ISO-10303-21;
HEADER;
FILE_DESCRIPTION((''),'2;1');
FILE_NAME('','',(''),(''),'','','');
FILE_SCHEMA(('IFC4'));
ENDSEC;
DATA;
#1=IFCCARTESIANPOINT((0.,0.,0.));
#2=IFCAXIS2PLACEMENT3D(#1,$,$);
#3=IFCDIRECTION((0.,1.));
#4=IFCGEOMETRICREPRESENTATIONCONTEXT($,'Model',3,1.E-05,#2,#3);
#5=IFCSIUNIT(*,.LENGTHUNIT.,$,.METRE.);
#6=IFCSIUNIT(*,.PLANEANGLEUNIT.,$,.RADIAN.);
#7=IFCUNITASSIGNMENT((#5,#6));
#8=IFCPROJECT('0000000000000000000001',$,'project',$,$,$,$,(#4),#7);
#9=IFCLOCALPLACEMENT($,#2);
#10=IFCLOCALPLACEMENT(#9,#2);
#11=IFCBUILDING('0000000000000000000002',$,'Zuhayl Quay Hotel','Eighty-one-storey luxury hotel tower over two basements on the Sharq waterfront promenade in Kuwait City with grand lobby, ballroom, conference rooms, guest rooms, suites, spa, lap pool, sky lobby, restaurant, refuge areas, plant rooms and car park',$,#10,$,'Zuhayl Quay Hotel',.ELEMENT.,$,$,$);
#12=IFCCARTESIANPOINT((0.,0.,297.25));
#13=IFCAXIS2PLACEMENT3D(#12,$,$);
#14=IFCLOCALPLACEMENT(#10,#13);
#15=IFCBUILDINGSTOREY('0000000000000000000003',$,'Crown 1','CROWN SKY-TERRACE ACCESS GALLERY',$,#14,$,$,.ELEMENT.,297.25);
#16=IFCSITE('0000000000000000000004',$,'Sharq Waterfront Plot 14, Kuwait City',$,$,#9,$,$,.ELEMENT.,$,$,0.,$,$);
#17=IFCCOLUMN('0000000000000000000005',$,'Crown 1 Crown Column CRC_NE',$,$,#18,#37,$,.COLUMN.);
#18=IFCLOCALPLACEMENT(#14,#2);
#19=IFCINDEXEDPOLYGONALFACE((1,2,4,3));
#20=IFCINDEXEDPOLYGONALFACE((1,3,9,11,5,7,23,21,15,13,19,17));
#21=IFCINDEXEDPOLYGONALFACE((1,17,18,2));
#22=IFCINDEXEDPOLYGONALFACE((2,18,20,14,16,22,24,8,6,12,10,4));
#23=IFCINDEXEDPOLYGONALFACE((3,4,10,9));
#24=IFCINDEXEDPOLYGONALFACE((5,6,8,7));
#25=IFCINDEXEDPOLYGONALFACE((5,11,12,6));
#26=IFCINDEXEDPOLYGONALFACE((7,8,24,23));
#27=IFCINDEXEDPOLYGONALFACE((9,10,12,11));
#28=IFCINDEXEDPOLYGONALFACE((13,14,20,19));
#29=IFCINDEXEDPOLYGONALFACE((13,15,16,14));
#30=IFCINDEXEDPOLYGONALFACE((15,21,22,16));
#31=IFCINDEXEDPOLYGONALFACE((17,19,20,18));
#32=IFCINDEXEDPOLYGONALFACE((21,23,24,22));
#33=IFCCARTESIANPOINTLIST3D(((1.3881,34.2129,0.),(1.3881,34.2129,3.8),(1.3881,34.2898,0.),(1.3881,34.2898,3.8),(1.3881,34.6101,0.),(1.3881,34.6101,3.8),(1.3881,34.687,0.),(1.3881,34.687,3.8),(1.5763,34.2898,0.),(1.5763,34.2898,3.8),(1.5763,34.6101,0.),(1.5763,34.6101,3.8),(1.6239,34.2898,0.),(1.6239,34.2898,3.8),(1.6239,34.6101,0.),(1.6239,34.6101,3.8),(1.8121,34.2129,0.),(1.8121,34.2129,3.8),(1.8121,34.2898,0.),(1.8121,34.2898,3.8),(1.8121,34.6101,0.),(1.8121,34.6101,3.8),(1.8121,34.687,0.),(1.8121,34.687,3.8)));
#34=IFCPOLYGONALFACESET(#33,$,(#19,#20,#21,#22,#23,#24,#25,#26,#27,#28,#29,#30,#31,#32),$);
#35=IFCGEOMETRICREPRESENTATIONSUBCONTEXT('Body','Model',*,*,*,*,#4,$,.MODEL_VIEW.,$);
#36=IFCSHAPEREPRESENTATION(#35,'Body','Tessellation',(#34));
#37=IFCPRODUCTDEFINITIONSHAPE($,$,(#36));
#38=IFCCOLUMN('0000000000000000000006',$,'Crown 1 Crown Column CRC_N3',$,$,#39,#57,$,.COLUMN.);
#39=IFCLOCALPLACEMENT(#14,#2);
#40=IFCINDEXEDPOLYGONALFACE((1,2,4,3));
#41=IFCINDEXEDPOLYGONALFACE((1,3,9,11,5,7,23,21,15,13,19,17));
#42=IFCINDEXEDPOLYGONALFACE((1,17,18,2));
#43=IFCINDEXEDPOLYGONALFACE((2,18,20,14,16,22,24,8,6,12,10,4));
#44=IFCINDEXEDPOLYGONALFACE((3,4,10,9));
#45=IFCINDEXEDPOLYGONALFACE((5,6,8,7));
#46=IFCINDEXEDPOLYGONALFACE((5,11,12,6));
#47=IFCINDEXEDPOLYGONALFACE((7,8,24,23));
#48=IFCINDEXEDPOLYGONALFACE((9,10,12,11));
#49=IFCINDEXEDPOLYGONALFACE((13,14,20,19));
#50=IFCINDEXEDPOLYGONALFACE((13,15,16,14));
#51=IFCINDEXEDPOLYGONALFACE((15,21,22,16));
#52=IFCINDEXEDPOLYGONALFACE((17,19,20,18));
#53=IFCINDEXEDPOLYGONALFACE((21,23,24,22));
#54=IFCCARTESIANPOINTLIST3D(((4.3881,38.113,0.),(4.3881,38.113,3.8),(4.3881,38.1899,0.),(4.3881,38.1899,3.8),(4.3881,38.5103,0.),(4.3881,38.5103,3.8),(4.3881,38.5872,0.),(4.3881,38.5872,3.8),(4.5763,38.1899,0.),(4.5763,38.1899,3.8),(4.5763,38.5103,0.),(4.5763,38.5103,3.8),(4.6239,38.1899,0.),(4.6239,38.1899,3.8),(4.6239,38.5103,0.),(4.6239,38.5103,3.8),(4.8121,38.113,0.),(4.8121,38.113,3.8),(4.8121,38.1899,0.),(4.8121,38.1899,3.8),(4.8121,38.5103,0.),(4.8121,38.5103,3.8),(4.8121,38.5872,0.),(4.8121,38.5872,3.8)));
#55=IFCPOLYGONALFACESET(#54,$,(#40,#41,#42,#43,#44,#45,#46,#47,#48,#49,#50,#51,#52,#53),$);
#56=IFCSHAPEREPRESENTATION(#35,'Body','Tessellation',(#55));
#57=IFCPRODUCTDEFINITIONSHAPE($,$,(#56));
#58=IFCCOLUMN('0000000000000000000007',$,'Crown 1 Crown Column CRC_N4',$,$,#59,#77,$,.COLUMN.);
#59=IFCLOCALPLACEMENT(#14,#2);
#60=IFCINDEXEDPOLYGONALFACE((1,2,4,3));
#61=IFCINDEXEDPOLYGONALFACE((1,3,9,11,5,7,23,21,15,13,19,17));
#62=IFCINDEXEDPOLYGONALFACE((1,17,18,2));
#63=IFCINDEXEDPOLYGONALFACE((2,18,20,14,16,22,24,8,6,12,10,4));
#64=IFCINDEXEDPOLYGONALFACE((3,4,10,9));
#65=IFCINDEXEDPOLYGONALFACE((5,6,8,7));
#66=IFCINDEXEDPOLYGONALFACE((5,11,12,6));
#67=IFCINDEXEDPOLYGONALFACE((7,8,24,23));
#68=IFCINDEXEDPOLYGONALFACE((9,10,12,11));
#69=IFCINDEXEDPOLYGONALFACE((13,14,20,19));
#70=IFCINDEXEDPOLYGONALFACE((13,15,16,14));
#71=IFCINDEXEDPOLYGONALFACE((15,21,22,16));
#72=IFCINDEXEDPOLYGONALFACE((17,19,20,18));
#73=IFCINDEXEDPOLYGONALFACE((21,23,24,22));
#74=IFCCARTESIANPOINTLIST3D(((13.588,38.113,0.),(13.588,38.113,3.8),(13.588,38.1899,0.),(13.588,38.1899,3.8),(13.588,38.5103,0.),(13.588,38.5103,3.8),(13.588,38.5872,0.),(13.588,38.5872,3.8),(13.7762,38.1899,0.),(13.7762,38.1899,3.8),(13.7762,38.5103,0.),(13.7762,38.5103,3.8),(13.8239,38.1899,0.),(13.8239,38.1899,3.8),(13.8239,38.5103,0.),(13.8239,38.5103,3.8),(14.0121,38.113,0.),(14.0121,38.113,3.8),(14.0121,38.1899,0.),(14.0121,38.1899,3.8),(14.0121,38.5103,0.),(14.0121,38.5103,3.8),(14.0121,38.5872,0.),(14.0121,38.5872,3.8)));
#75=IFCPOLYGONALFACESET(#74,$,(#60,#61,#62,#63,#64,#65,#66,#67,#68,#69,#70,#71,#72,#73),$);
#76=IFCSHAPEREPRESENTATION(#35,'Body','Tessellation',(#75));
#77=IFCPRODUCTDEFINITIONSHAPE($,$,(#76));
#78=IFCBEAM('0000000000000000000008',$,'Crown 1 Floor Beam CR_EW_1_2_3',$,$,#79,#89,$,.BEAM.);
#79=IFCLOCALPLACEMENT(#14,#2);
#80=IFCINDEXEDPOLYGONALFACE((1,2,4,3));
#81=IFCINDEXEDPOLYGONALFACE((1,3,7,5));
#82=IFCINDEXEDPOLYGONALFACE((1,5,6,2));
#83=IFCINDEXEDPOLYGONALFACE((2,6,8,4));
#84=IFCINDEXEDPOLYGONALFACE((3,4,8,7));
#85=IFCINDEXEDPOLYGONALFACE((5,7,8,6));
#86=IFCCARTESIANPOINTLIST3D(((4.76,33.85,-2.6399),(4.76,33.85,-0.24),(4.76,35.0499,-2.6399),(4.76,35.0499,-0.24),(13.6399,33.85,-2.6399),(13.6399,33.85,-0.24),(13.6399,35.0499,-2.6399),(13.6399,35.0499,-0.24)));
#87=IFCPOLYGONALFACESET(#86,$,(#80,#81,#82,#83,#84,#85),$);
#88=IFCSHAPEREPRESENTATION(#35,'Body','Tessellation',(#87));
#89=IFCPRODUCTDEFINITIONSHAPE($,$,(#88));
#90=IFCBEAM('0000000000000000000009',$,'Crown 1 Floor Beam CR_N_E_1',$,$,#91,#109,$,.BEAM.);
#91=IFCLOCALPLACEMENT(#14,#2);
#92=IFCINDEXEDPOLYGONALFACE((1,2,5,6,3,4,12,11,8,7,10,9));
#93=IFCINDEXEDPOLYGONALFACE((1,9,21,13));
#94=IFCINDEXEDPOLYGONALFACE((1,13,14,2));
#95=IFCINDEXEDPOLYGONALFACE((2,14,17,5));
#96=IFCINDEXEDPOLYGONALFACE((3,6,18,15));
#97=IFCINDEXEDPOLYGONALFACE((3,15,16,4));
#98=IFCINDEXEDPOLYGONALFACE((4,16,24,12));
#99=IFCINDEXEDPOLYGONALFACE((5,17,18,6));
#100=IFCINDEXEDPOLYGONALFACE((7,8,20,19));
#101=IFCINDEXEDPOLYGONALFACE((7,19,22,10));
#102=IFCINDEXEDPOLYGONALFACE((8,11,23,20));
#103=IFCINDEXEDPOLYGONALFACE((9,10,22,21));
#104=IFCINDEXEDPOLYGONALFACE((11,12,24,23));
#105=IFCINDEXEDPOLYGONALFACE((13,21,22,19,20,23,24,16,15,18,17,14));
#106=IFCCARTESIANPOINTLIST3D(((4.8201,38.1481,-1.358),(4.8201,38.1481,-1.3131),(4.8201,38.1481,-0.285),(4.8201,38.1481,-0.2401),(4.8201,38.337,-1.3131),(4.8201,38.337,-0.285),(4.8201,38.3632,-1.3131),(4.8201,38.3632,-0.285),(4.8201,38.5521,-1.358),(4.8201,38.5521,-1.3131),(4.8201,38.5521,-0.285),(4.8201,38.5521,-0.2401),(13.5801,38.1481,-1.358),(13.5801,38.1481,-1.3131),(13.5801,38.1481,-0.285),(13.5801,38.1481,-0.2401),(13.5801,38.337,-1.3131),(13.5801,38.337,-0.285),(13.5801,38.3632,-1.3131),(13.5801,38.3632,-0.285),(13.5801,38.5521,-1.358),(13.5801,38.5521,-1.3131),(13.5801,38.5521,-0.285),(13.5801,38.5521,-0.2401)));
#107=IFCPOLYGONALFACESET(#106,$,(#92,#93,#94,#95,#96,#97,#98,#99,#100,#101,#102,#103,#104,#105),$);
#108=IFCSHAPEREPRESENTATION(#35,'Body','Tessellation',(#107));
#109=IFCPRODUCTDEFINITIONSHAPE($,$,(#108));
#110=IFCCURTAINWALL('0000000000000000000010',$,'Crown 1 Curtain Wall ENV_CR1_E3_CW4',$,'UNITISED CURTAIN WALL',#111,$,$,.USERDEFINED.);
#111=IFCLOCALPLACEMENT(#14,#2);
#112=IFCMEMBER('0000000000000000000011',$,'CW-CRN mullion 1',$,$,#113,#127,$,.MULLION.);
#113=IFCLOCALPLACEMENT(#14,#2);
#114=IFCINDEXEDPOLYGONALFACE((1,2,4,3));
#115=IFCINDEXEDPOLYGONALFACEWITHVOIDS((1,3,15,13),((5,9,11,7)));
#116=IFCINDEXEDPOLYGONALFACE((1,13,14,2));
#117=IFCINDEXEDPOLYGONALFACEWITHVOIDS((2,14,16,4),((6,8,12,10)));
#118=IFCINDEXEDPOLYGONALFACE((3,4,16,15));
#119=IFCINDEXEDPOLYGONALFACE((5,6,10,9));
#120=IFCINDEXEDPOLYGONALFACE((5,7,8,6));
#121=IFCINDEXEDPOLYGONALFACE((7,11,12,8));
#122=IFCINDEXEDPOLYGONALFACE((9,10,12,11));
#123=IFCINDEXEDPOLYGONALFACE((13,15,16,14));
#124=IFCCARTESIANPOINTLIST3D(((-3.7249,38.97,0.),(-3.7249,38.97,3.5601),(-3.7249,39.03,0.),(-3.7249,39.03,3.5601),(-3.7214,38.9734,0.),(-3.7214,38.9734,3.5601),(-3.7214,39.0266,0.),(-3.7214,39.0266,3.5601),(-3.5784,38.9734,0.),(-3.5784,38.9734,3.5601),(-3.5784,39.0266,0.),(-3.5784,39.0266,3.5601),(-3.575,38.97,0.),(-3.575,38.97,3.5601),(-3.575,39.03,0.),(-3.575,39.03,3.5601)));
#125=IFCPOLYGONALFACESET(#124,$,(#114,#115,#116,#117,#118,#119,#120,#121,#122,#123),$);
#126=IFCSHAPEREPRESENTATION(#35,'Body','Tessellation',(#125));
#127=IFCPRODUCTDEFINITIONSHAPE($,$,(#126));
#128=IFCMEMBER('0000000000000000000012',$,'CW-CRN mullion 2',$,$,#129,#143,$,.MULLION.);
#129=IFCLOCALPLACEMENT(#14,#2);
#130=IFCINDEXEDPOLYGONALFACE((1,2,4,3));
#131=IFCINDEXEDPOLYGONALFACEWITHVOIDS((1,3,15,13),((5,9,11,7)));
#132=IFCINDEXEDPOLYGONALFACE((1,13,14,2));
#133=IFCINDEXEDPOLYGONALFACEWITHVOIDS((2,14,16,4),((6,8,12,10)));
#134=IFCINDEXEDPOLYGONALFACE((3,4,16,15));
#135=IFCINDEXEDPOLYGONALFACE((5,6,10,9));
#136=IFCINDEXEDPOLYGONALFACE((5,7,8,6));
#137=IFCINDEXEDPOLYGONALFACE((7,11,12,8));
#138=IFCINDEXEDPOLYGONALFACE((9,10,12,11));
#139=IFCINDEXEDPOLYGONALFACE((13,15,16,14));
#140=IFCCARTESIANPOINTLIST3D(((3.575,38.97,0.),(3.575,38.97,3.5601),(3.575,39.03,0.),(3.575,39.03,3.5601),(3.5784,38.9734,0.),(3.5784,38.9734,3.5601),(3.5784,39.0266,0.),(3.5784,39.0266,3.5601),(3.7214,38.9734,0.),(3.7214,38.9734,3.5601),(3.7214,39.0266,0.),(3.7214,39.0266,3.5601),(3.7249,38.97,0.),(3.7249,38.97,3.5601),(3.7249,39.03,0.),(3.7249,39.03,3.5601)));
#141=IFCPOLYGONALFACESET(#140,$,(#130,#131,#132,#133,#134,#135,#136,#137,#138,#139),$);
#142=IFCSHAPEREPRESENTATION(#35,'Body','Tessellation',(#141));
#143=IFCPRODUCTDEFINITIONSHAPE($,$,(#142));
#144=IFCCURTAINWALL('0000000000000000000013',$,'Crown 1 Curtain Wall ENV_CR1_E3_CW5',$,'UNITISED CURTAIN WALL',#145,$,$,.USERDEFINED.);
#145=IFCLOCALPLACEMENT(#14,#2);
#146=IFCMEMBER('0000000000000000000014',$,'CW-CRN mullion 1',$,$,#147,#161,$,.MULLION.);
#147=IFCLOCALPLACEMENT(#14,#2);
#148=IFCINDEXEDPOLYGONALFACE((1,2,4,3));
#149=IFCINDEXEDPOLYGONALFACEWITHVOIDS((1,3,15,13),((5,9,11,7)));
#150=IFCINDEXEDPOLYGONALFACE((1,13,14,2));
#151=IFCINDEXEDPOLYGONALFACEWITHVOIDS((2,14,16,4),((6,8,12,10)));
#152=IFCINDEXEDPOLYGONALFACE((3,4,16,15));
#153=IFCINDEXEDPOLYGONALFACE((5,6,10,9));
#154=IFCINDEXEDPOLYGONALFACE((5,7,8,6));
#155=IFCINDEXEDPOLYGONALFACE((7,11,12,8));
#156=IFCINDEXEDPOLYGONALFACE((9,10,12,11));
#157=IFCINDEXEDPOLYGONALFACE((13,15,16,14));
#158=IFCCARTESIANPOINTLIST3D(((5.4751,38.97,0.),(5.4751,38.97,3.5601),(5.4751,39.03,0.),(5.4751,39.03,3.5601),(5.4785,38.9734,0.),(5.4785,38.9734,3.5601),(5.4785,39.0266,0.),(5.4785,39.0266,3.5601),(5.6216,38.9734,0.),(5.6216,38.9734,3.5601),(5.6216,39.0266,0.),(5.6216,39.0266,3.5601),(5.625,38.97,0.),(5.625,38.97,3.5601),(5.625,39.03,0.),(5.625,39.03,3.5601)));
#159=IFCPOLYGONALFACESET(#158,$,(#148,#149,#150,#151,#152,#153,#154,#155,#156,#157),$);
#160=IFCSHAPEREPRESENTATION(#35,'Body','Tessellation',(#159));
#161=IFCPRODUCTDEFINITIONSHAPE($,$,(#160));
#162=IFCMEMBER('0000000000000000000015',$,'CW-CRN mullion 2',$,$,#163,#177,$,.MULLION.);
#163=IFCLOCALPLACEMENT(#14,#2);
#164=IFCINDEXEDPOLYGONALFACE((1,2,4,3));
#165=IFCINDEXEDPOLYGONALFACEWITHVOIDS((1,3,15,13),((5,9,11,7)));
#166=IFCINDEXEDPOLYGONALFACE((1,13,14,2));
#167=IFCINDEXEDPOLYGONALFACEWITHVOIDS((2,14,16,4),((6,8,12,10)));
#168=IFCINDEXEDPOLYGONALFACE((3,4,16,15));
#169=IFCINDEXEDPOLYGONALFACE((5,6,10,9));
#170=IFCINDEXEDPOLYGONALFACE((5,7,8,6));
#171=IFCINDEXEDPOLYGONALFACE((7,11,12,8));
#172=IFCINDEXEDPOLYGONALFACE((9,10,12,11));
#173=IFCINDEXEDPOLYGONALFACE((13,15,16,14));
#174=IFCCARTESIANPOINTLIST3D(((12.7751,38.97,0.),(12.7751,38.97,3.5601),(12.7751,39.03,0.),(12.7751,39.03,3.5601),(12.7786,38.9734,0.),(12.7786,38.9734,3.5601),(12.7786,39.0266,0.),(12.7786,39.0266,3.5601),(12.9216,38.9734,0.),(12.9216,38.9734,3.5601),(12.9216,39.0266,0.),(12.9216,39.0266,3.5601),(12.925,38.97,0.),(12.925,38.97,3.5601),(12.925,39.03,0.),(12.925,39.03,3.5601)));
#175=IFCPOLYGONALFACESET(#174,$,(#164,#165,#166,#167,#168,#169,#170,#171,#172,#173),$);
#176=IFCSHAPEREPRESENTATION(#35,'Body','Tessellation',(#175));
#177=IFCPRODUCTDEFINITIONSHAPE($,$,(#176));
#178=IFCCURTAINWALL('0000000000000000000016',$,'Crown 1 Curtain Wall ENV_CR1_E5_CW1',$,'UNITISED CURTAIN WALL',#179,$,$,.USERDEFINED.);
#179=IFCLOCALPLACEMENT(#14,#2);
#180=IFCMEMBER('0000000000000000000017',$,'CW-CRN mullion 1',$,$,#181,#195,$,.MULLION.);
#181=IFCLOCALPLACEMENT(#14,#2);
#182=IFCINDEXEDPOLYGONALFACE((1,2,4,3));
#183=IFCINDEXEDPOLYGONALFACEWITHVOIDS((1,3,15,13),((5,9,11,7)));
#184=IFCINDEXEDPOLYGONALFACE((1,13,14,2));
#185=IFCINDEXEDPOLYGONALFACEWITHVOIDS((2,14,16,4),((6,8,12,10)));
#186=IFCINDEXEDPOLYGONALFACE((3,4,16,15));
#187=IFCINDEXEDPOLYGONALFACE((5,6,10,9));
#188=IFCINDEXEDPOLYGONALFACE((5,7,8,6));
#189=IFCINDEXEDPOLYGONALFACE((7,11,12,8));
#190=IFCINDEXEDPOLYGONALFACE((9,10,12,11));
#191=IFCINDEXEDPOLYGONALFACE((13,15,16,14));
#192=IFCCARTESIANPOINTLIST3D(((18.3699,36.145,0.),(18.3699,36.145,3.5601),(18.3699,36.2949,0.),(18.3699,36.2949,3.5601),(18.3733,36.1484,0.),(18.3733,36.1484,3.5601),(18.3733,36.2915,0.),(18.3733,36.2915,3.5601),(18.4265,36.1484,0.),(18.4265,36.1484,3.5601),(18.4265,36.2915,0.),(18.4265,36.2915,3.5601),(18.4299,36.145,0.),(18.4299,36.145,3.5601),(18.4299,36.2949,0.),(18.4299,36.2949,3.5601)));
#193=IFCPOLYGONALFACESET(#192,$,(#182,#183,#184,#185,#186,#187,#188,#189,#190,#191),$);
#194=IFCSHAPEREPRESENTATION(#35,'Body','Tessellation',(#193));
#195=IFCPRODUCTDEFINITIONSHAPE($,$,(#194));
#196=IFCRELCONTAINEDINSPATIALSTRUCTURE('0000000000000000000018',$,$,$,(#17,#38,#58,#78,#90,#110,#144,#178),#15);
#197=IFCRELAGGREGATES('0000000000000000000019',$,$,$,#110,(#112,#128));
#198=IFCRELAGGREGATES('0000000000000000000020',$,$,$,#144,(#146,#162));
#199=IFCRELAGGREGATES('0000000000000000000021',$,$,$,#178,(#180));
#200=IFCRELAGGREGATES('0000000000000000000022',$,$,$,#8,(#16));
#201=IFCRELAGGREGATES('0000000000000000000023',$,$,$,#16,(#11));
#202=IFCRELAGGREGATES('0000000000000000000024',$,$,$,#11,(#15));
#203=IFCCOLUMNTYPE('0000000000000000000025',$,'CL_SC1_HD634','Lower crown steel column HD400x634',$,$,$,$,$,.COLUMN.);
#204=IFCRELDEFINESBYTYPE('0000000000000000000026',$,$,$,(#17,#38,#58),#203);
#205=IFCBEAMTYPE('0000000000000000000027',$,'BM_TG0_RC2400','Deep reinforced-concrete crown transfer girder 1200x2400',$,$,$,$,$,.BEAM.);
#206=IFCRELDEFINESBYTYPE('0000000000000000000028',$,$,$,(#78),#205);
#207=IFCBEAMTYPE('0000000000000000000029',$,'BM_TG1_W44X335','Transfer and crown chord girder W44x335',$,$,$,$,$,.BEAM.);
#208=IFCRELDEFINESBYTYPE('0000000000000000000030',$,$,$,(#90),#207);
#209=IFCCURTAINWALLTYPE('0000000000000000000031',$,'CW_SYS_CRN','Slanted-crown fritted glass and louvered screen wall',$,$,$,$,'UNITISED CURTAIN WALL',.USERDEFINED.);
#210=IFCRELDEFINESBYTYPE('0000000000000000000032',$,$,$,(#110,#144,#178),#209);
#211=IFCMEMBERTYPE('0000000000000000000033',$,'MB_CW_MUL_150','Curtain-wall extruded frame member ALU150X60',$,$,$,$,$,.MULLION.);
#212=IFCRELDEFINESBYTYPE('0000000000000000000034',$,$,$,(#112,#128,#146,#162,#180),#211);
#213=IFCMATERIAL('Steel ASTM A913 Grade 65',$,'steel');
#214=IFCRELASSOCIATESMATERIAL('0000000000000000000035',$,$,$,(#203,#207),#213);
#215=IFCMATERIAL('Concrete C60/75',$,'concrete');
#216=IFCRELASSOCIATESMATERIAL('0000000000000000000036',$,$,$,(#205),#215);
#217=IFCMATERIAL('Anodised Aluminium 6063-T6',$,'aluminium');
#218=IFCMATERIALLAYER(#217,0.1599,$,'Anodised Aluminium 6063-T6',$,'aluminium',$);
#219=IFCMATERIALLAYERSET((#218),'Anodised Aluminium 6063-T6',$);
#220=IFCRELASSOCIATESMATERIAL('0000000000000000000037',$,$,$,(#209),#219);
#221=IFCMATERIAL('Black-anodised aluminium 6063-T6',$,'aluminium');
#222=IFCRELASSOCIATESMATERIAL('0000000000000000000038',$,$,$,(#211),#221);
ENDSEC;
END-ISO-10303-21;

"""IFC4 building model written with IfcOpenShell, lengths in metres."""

from ifc_helpers import new_model, si_unit, direction, frame, origin, origin_2d, place, context, subcontext, project, spatial, rectangle, hollow_rectangle, i_section, extrude, material, layer, layer_set, material_profile, profile_set, type_object, element, aggregate, save


model = new_model("IFC4")

# Units and contexts
model_context = context("Model", 3, precision=1e-05, world=origin(), true_north=direction((0.0, 1.0)))
body_context = subcontext(model_context, "Body", "Model", "MODEL_VIEW")
ifc_project = project(units=[si_unit("LENGTHUNIT", "METRE"), si_unit("PLANEANGLEUNIT", "RADIAN")], contexts=[model_context])

# Site, building, storey
site_placement = place(None, origin())
site = spatial("IfcSite", under=ifc_project, at=site_placement, Name="Sharq Waterfront Plot 14, Kuwait City", CompositionType="ELEMENT", RefElevation=0.0)
building_placement = place(site_placement, origin())
building = spatial("IfcBuilding", under=site, at=building_placement, Name="Zuhayl Quay Hotel", Description="Eighty-one-storey luxury hotel tower over two basements on the Sharq waterfront promenade in Kuwait City with grand lobby, ballroom, conference rooms, guest rooms, suites, spa, lap pool, sky lobby, restaurant, refuge areas, plant rooms and car park", LongName="Zuhayl Quay Hotel", CompositionType="ELEMENT")
storey_placement = place(building_placement, frame((0.0, 0.0, 297.25)))
storey = spatial("IfcBuildingStorey", under=building, at=storey_placement, Name="Crown 1", Description="CROWN SKY-TERRACE ACCESS GALLERY", CompositionType="ELEMENT", Elevation=297.25)

# Columns
ifc_material_1 = material(Name="Steel ASTM A913 Grade 65", Category="steel")
ifc_material_profile_1 = material_profile(ifc_material_1, i_section(OverallWidth=0.4241, OverallDepth=0.4741, WebThickness=0.0476, FlangeThickness=0.0769, at=origin_2d()), Name="HD400X634")
ifc_profile_set_1 = profile_set([ifc_material_profile_1], Name="Steel ASTM A913 Grade 65")
column_type = type_object("IfcColumnType", Name="CL_SC1_HD634", Description="Lower crown steel column HD400x634", PredefinedType="COLUMN", material=ifc_profile_set_1)
for number, where, z_axis, x_axis, name in (
    (1, (1.6001, 34.45, 0.0), (0.0, 0.0, 1.0), (1.0, 0.0, 0.0), "Crown 1 Crown Column CRC_NE"),
    (2, (4.6001, 38.3501, 0.0), (0.0, 0.0, 1.0), (1.0, 0.0, 0.0), "Crown 1 Crown Column CRC_N3"),
    (3, (13.8, 38.3501, 0.0), (0.0, 0.0, 1.0), (1.0, 0.0, 0.0), "Crown 1 Crown Column CRC_N4"),
):
    element("IfcColumn", number, at=place(storey_placement, frame(where, z_axis=z_axis, x_axis=x_axis)), inside=storey, type_object=column_type, Name=name, PredefinedType="COLUMN", context=body_context, shape_type="SweptSolid", body=[
        extrude(i_section(OverallWidth=0.4241, OverallDepth=0.4741, WebThickness=0.0476, FlangeThickness=0.0769, at=origin_2d()), origin(), (0.0, 0.0, 1.0), 3.8),
    ])

# Beams
ifc_material_2 = material(Name="Concrete C60/75", Category="concrete")
ifc_material_profile_2 = material_profile(ifc_material_2, rectangle(XDim=1.2, YDim=2.3999, at=origin_2d()), Name="RC1200X2400")
ifc_profile_set_2 = profile_set([ifc_material_profile_2], Name="Concrete C60/75")
beam_type_1 = type_object("IfcBeamType", Name="BM_TG0_RC2400", Description="Deep reinforced-concrete crown transfer girder 1200x2400", PredefinedType="BEAM", material=ifc_profile_set_2)
beam_1_placement = place(storey_placement, frame((4.76, 34.45, -1.4399), z_axis=(1.0, 0.0, 0.0), x_axis=(0.0, 1.0, 0.0)))
element("IfcBeam", 4, at=beam_1_placement, inside=storey, type_object=beam_type_1, Name="Crown 1 Floor Beam CR_EW_1_2_3", PredefinedType="BEAM", context=body_context, shape_type="SweptSolid", body=[
    extrude(rectangle(XDim=1.2, YDim=2.3999, at=origin_2d()), origin(), (0.0, 0.0, 1.0), 8.8799),
])
ifc_material_profile_3 = material_profile(ifc_material_1, i_section(OverallWidth=0.4041, OverallDepth=1.1179, WebThickness=0.0261, FlangeThickness=0.0449, at=origin_2d()), Name="W44X335")
ifc_profile_set_3 = profile_set([ifc_material_profile_3], Name="Steel ASTM A913 Grade 65")
beam_type_2 = type_object("IfcBeamType", Name="BM_TG1_W44X335", Description="Transfer and crown chord girder W44x335", PredefinedType="BEAM", material=ifc_profile_set_3)
beam_2_placement = place(storey_placement, frame((4.8201, 38.3501, -0.7991), z_axis=(1.0, 0.0, 0.0), x_axis=(0.0, 1.0, 0.0)))
element("IfcBeam", 5, at=beam_2_placement, inside=storey, type_object=beam_type_2, Name="Crown 1 Floor Beam CR_N_E_1", PredefinedType="BEAM", context=body_context, shape_type="SweptSolid", body=[
    extrude(i_section(OverallWidth=0.4041, OverallDepth=1.1179, WebThickness=0.0261, FlangeThickness=0.0449, at=origin_2d()), origin(), (0.0, 0.0, 1.0), 8.76),
])

# Curtain walls, members
ifc_material_3 = material(Name="Anodised Aluminium 6063-T6", Category="aluminium")
ifc_layer_1 = layer(ifc_material_3, 0.1599, Name="Anodised Aluminium 6063-T6", Category="aluminium")
ifc_layer_set_1 = layer_set([ifc_layer_1], Name="Anodised Aluminium 6063-T6")
curtain_wall_type = type_object("IfcCurtainWallType", Name="CW_SYS_CRN", Description="Slanted-crown fritted glass and louvered screen wall", ElementType="UNITISED CURTAIN WALL", PredefinedType="USERDEFINED", material=ifc_layer_set_1)
curtain_wall_1_placement = place(storey_placement, origin())
curtain_wall_1 = element("IfcCurtainWall", 6, at=curtain_wall_1_placement, inside=storey, type_object=curtain_wall_type, Name="Crown 1 Curtain Wall ENV_CR1_E3_CW4", ObjectType="UNITISED CURTAIN WALL", PredefinedType="USERDEFINED")
ifc_material_4 = material(Name="Black-anodised aluminium 6063-T6", Category="aluminium")
ifc_material_profile_4 = material_profile(ifc_material_4, hollow_rectangle(XDim=0.0601, YDim=0.1499, WallThickness=0.0034, at=origin_2d()), Name="ALU150X60")
ifc_profile_set_4 = profile_set([ifc_material_profile_4], Name="Black-anodised aluminium 6063-T6")
member_type_1 = type_object("IfcMemberType", Name="MB_CW_MUL_150", Description="Curtain-wall extruded frame member ALU150X60", PredefinedType="MULLION", material=ifc_profile_set_4)
member_1_placement = place(storey_placement, frame((-3.6499, 39.0, 0.0), z_axis=(0.0, 0.0, 1.0), x_axis=(0.0, 1.0, 0.0)))
member_1 = element("IfcMember", 7, at=member_1_placement, type_object=member_type_1, Name="CW-CRN mullion 1", PredefinedType="MULLION", context=body_context, shape_type="SweptSolid", body=[
    extrude(hollow_rectangle(XDim=0.0601, YDim=0.1499, WallThickness=0.0034, at=origin_2d()), origin(), (0.0, 0.0, 1.0), 3.5601),
])
member_2_placement = place(storey_placement, frame((3.6499, 39.0, 0.0), z_axis=(0.0, 0.0, 1.0), x_axis=(0.0, 1.0, 0.0)))
member_2 = element("IfcMember", 8, at=member_2_placement, type_object=member_type_1, Name="CW-CRN mullion 2", PredefinedType="MULLION", context=body_context, shape_type="SweptSolid", body=[
    extrude(hollow_rectangle(XDim=0.0601, YDim=0.1499, WallThickness=0.0034, at=origin_2d()), origin(), (0.0, 0.0, 1.0), 3.5601),
])
curtain_wall_2_placement = place(storey_placement, origin())
curtain_wall_2 = element("IfcCurtainWall", 9, at=curtain_wall_2_placement, inside=storey, type_object=curtain_wall_type, Name="Crown 1 Curtain Wall ENV_CR1_E3_CW5", ObjectType="UNITISED CURTAIN WALL", PredefinedType="USERDEFINED")
member_3_placement = place(storey_placement, frame((5.55, 39.0, 0.0), z_axis=(0.0, 0.0, 1.0), x_axis=(0.0, 1.0, 0.0)))
member_3 = element("IfcMember", 10, at=member_3_placement, type_object=member_type_1, Name="CW-CRN mullion 1", PredefinedType="MULLION", context=body_context, shape_type="SweptSolid", body=[
    extrude(hollow_rectangle(XDim=0.0601, YDim=0.1499, WallThickness=0.0034, at=origin_2d()), origin(), (0.0, 0.0, 1.0), 3.5601),
])
member_4_placement = place(storey_placement, frame((12.8501, 39.0, 0.0), z_axis=(0.0, 0.0, 1.0), x_axis=(0.0, 1.0, 0.0)))
member_4 = element("IfcMember", 11, at=member_4_placement, type_object=member_type_1, Name="CW-CRN mullion 2", PredefinedType="MULLION", context=body_context, shape_type="SweptSolid", body=[
    extrude(hollow_rectangle(XDim=0.0601, YDim=0.1499, WallThickness=0.0034, at=origin_2d()), origin(), (0.0, 0.0, 1.0), 3.5601),
])
curtain_wall_3_placement = place(storey_placement, origin())
curtain_wall_3 = element("IfcCurtainWall", 12, at=curtain_wall_3_placement, inside=storey, type_object=curtain_wall_type, Name="Crown 1 Curtain Wall ENV_CR1_E5_CW1", ObjectType="UNITISED CURTAIN WALL", PredefinedType="USERDEFINED")
member_5_placement = place(storey_placement, frame((18.3999, 36.22, 0.0), z_axis=(0.0, 0.0, 1.0), x_axis=(1.0, 0.0, 0.0)))
member_5 = element("IfcMember", 13, at=member_5_placement, type_object=member_type_1, Name="CW-CRN mullion 1", PredefinedType="MULLION", context=body_context, shape_type="SweptSolid", body=[
    extrude(hollow_rectangle(XDim=0.0601, YDim=0.1499, WallThickness=0.0034, at=origin_2d()), origin(), (0.0, 0.0, 1.0), 3.5601),
])

aggregate(curtain_wall_1, [member_1, member_2])
aggregate(curtain_wall_2, [member_3, member_4])
aggregate(curtain_wall_3, [member_5])

save(model, "model.ifc")
